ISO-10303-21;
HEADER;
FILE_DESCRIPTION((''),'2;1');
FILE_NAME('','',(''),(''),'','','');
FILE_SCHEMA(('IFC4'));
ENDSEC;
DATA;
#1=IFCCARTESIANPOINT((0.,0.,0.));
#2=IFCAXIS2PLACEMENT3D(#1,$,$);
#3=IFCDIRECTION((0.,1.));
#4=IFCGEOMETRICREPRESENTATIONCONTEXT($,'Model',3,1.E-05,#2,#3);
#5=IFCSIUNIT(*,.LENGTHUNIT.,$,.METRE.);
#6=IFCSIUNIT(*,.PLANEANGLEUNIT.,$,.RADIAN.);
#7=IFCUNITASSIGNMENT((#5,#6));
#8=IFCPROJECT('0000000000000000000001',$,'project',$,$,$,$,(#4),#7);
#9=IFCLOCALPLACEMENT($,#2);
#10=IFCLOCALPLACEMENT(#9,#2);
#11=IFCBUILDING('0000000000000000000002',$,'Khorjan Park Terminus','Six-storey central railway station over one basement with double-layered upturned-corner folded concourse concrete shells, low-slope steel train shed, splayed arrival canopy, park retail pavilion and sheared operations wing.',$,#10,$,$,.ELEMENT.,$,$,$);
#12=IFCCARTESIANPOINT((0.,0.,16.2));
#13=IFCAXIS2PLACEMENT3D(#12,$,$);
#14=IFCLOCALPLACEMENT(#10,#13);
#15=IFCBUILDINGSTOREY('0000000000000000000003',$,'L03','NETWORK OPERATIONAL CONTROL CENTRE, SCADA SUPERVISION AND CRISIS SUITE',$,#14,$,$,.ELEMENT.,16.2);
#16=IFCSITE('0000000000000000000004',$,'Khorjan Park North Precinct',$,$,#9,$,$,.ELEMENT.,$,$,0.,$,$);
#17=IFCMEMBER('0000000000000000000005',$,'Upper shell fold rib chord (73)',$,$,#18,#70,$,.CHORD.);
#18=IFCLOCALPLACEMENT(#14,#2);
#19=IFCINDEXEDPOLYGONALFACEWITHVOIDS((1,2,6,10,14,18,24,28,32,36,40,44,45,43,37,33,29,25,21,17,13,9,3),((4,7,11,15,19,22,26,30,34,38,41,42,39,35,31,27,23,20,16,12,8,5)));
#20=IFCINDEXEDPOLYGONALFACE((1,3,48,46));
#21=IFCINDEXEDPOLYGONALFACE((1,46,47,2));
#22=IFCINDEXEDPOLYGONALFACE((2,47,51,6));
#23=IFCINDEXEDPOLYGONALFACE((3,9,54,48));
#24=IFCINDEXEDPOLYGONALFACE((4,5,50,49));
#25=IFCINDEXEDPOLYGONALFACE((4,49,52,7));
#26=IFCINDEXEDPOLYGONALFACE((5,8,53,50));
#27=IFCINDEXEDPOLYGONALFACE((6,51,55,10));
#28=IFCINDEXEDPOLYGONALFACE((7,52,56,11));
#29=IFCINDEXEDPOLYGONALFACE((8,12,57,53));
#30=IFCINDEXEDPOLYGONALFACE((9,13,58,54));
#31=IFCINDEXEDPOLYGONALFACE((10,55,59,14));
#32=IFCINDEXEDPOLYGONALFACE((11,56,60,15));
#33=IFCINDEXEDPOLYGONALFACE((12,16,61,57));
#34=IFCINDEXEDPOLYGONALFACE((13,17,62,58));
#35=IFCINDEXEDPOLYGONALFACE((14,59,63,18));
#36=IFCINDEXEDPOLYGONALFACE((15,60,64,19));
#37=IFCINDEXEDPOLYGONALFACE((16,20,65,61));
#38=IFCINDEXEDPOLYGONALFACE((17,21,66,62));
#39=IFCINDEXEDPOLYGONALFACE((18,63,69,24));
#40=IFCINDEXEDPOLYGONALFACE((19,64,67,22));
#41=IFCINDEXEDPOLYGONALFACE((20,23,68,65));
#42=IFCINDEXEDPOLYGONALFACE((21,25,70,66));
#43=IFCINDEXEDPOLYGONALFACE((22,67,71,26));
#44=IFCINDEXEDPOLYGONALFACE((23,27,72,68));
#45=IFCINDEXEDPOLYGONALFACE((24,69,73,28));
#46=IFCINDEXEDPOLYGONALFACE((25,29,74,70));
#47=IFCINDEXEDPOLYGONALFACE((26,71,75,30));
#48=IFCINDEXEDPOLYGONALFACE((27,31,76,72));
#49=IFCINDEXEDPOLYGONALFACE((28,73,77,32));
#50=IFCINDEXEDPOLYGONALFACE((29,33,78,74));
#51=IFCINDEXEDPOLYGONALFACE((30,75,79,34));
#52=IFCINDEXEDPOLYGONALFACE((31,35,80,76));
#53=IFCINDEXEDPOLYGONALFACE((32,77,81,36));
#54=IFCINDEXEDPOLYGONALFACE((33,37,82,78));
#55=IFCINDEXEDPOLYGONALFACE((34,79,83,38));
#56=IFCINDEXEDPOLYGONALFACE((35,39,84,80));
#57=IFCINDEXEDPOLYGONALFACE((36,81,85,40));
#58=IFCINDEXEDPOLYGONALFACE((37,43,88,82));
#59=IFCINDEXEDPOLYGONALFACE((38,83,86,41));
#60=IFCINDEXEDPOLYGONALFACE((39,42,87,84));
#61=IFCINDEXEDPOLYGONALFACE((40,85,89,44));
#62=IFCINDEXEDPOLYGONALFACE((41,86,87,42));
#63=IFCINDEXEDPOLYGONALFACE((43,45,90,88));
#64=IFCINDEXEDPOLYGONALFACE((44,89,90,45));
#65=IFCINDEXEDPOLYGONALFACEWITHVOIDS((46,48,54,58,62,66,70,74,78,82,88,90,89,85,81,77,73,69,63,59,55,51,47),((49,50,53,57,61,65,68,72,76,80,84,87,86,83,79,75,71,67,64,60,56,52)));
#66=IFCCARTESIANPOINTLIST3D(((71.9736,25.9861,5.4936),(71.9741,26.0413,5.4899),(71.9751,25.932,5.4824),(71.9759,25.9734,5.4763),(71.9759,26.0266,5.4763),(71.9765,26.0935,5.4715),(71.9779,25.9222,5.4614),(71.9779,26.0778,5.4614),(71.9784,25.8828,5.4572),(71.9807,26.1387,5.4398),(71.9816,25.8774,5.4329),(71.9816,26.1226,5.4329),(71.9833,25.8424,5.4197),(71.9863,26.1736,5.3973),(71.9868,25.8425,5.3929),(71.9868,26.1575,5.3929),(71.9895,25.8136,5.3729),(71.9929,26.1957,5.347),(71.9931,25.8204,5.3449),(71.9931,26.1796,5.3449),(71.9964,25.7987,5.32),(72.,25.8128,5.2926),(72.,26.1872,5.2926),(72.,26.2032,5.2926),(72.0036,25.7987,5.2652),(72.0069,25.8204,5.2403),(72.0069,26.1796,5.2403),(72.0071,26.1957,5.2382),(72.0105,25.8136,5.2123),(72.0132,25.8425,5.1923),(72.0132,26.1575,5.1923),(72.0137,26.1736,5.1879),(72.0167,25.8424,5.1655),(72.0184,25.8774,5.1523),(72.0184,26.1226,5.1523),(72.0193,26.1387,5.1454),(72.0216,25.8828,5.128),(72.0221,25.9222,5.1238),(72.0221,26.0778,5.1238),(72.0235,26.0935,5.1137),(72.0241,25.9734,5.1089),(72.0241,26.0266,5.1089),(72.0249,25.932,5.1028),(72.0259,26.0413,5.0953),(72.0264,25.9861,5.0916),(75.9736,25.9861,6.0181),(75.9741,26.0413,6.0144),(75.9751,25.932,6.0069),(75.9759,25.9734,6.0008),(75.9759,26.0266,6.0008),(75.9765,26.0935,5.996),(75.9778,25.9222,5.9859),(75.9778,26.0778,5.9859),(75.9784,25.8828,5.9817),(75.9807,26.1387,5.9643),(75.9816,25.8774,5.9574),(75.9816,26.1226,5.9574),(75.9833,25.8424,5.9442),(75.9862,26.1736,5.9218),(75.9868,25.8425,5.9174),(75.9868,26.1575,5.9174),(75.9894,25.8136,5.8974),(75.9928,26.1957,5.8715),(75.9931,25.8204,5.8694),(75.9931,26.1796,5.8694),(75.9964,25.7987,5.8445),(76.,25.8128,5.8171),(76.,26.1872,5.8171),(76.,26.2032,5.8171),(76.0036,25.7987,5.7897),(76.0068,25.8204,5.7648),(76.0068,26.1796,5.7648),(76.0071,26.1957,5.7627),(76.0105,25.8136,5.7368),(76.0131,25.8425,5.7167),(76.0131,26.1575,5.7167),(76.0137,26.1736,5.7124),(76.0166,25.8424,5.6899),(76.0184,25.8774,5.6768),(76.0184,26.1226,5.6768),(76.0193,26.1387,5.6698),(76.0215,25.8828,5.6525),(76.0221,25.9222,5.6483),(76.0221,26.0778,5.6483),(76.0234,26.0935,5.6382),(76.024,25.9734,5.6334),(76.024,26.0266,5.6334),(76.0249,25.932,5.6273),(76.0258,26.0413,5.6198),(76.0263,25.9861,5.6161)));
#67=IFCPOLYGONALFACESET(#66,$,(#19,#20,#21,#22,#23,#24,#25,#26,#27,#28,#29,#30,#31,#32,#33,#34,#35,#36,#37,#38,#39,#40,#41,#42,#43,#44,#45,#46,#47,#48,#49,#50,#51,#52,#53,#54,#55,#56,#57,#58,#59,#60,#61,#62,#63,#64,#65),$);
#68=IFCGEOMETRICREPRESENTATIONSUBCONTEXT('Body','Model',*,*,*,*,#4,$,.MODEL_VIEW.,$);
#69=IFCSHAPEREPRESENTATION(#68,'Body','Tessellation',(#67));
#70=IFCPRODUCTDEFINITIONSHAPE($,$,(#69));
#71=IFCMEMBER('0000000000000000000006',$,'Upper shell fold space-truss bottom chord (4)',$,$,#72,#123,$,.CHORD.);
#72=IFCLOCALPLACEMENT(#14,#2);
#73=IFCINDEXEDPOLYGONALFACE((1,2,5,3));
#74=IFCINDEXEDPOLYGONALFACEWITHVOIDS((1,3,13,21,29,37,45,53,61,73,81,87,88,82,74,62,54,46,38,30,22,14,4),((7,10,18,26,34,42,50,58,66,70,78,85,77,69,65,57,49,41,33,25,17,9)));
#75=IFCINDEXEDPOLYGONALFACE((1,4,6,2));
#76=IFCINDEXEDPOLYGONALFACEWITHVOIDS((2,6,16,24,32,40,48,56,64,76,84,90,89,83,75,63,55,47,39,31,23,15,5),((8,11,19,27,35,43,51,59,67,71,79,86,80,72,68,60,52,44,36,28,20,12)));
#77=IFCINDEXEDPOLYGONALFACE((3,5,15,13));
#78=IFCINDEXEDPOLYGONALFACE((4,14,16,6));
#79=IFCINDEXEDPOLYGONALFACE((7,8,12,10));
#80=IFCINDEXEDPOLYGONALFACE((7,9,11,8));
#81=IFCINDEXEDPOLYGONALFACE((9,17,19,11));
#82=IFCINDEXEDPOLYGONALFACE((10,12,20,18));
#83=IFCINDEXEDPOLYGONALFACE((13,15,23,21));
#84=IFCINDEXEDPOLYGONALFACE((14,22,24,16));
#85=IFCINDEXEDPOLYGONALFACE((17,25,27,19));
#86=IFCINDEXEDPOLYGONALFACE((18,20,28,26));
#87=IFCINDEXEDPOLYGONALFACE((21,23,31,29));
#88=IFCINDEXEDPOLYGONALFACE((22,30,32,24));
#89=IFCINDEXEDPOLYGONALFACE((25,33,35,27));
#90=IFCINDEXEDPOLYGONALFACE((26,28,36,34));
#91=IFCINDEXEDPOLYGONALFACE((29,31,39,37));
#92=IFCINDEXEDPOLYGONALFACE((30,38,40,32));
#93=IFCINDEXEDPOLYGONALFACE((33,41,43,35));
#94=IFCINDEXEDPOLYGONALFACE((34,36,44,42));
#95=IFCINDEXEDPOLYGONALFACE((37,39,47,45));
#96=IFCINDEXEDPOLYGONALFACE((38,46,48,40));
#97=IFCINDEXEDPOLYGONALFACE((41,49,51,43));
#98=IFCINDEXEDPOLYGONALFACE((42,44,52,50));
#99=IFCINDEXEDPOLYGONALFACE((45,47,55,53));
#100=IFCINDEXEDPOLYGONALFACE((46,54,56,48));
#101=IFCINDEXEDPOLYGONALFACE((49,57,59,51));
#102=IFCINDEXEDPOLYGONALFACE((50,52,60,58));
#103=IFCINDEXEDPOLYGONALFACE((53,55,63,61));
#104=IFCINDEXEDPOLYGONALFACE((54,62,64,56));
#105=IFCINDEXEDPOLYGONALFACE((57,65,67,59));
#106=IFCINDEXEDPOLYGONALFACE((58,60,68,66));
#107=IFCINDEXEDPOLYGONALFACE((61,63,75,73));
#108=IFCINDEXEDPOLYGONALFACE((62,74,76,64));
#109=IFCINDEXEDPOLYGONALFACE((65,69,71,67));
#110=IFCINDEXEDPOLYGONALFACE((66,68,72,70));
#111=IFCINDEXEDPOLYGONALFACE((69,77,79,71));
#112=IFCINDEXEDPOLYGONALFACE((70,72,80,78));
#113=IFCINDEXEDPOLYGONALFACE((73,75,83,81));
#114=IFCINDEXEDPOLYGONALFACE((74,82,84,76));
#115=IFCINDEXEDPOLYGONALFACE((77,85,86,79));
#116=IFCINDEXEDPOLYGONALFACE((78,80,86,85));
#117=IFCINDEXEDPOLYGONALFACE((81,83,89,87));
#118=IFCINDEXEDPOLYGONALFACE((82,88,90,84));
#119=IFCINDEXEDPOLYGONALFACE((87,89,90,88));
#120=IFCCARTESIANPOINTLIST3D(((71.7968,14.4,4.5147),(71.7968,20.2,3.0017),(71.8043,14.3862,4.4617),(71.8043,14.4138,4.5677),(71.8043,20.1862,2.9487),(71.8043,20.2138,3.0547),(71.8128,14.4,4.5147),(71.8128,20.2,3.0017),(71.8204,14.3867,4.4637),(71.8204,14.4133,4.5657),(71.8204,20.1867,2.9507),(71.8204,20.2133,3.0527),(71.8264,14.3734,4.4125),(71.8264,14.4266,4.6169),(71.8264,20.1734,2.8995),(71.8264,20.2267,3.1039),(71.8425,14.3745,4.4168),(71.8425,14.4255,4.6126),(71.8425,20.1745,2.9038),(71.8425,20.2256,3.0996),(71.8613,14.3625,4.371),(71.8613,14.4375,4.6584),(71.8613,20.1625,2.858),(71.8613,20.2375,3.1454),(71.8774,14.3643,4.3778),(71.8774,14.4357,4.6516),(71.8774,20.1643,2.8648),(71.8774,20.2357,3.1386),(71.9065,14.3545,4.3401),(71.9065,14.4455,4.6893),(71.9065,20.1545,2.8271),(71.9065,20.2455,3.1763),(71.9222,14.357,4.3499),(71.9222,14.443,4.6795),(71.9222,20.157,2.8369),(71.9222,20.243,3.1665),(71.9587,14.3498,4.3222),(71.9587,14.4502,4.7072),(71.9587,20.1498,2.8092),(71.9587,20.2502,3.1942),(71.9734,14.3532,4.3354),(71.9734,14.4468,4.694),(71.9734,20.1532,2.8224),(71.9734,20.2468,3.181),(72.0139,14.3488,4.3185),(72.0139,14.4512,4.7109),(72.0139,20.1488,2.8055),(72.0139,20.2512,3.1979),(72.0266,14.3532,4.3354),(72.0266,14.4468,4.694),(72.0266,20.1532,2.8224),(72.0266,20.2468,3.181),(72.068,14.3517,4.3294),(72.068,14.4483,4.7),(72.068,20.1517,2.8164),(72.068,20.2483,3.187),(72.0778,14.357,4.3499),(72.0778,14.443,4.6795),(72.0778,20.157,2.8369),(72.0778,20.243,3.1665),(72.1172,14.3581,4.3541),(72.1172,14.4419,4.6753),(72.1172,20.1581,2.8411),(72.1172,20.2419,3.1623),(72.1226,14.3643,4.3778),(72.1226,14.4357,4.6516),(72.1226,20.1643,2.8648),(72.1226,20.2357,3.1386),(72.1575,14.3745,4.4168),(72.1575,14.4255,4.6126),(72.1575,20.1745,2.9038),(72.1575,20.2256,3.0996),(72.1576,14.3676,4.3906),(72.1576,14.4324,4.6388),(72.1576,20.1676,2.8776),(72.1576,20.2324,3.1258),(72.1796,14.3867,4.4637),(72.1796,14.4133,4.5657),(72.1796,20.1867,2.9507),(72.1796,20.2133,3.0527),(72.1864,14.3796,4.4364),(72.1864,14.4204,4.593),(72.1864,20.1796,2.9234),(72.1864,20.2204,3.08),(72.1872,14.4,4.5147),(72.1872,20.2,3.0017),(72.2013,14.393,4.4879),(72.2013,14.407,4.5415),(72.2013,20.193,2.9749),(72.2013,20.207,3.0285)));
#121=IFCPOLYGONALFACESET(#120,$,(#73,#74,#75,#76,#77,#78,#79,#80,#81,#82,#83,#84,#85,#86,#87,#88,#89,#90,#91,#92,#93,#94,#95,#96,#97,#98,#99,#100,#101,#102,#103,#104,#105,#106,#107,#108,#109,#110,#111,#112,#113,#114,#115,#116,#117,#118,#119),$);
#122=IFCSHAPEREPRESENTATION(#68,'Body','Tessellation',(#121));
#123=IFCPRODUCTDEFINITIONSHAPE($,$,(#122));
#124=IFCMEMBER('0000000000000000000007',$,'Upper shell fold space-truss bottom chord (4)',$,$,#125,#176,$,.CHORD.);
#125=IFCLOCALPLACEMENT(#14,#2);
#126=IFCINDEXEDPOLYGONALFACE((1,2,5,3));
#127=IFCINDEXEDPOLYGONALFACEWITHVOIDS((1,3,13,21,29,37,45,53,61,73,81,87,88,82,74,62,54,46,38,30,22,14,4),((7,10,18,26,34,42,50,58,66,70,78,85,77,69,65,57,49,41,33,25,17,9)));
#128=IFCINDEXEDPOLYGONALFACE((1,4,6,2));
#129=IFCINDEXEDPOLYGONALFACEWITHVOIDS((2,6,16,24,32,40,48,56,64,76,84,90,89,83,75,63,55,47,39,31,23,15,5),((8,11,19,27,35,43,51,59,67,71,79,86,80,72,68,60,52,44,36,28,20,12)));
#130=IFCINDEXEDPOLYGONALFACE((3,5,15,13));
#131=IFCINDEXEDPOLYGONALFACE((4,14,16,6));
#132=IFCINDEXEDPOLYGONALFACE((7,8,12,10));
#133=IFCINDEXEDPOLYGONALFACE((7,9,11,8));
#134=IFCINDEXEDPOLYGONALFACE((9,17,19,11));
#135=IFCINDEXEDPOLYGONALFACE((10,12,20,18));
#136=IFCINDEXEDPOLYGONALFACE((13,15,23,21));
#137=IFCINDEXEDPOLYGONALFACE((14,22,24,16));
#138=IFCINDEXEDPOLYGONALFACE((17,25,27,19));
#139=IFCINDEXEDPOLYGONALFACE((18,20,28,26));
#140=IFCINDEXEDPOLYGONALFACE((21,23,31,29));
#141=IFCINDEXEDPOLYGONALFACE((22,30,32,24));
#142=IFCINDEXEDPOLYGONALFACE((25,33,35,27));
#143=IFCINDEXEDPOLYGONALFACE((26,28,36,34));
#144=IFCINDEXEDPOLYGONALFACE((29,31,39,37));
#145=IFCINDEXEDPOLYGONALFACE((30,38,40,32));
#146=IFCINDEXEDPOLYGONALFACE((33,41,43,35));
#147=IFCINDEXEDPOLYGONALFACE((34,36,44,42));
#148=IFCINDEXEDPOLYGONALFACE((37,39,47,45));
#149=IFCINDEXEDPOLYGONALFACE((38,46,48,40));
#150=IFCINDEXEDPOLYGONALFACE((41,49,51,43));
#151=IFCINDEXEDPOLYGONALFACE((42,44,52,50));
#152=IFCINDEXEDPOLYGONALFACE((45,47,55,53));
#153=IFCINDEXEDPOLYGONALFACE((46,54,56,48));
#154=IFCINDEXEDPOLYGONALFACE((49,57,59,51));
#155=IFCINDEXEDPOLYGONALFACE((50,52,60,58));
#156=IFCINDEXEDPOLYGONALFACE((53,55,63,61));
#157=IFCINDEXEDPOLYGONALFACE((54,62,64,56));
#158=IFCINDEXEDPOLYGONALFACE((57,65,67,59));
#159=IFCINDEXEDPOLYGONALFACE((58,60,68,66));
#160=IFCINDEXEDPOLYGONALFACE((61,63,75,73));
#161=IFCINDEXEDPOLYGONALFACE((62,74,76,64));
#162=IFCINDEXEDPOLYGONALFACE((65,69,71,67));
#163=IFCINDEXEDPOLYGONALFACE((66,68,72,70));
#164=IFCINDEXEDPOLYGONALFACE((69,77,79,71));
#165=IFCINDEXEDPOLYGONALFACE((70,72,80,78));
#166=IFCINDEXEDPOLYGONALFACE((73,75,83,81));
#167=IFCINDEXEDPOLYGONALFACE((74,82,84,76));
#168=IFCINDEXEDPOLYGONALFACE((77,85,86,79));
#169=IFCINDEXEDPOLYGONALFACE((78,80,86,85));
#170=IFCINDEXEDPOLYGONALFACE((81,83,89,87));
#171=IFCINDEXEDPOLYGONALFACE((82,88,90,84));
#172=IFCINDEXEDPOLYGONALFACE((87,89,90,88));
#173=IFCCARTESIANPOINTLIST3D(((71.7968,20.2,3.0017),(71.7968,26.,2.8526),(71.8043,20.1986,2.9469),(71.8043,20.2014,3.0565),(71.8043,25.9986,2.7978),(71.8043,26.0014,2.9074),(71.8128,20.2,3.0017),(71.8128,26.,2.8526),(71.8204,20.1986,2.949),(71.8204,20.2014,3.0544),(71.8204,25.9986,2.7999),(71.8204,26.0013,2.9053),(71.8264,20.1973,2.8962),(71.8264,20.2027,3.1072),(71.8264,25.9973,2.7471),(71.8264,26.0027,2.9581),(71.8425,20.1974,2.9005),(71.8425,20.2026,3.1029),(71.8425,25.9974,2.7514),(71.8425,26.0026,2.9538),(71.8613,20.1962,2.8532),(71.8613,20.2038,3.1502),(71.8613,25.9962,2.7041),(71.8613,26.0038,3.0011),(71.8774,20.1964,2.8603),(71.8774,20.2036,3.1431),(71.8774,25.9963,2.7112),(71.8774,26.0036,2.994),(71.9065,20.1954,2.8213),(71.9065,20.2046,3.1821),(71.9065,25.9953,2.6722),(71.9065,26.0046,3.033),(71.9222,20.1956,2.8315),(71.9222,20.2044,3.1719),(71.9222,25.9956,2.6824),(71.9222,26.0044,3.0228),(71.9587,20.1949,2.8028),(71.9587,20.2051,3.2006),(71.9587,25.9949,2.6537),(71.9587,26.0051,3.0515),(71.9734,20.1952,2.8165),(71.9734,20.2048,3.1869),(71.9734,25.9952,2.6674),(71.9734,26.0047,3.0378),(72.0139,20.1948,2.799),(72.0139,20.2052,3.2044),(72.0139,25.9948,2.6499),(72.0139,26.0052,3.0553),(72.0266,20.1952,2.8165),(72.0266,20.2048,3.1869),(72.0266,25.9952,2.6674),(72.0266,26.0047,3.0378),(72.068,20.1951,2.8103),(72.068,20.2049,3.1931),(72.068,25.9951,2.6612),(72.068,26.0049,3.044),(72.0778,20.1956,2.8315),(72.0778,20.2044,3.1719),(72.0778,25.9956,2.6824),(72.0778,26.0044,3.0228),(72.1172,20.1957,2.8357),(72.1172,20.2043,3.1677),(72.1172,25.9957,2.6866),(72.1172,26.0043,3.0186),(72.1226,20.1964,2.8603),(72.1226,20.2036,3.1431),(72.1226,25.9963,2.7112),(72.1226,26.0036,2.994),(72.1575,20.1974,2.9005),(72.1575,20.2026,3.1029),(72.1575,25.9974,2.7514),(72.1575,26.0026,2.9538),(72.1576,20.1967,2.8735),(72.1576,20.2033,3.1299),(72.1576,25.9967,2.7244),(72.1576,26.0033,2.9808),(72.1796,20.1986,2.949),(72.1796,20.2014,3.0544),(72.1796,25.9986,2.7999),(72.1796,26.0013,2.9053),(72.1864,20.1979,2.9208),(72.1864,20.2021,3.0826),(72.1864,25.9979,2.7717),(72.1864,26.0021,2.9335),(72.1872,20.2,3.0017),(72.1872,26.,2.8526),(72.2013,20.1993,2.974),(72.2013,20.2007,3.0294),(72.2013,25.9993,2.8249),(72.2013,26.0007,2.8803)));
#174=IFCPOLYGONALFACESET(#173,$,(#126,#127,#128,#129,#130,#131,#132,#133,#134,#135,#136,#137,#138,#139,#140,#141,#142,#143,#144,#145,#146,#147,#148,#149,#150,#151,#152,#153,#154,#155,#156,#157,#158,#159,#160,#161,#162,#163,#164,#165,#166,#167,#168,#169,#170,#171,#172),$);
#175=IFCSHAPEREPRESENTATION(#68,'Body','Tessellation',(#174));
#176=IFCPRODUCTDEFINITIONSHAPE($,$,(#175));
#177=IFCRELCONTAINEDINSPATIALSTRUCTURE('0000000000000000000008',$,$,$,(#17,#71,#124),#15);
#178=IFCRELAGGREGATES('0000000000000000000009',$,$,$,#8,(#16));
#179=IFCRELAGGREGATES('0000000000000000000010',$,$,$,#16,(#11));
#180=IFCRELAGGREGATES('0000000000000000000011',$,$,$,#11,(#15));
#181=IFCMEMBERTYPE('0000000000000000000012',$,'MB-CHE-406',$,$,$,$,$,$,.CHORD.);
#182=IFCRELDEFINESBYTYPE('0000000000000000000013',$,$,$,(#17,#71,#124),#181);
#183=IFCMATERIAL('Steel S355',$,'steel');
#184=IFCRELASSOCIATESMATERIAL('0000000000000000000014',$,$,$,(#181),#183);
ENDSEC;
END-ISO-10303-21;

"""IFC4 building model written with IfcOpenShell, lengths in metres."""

from ifc_helpers import new_model, si_unit, direction, frame, origin, origin_2d, place, context, subcontext, project, spatial, hollow_circle, extrude, material, material_profile, profile_set, type_object, element, save


model = new_model("IFC4")

# Units and contexts
model_context = context("Model", 3, precision=1e-05, world=origin(), true_north=direction((0.0, 1.0)))
body_context = subcontext(model_context, "Body", "Model", "MODEL_VIEW")
ifc_project = project(units=[si_unit("LENGTHUNIT", "METRE"), si_unit("PLANEANGLEUNIT", "RADIAN")], contexts=[model_context])

# Site, building, storey
site_placement = place(None, origin())
site = spatial("IfcSite", under=ifc_project, at=site_placement, Name="Khorjan Park North Precinct", CompositionType="ELEMENT", RefElevation=0.0)
building_placement = place(site_placement, origin())
building = spatial("IfcBuilding", under=site, at=building_placement, Name="Khorjan Park Terminus", Description="Six-storey central railway station over one basement with double-layered upturned-corner folded concourse concrete shells, low-slope steel train shed, splayed arrival canopy, park retail pavilion and sheared operations wing.", CompositionType="ELEMENT")
storey_placement = place(building_placement, frame((0.0, 0.0, 16.2)))
storey = spatial("IfcBuildingStorey", under=building, at=storey_placement, Name="L03", Description="NETWORK OPERATIONAL CONTROL CENTRE, SCADA SUPERVISION AND CRISIS SUITE", CompositionType="ELEMENT", Elevation=16.2)

# Members
ifc_material_1 = material(Name="Steel S355", Category="steel")
ifc_material_profile_1 = material_profile(ifc_material_1, hollow_circle(Radius=0.2032, WallThickness=0.016, at=origin_2d()), Name="CHS 406.4x16")
ifc_profile_set_1 = profile_set([ifc_material_profile_1], Name="Steel S355")
member_type_1 = type_object("IfcMemberType", Name="MB-CHE-406", PredefinedType="CHORD", material=ifc_profile_set_1)
member_1_placement = place(storey_placement, frame((72.0, 26.0, 5.2926), z_axis=(0.991512, 0.0, 0.130012), x_axis=(0.0, 1.0, 0.0)))
element("IfcMember", 1, at=member_1_placement, inside=storey, type_object=member_type_1, Name="Upper shell fold rib chord (73)", PredefinedType="CHORD", context=body_context, shape_type="SweptSolid", body=[
    extrude(hollow_circle(Radius=0.2032, WallThickness=0.016, at=origin_2d()), origin(), (0.0, 0.0, 1.0), 4.0342),
])
member_2_placement = place(storey_placement, frame((72.0, 14.4, 4.5147), z_axis=(0.0, 0.967619, -0.252415), x_axis=(-1.0, 0.0, 0.0)))
element("IfcMember", 2, at=member_2_placement, inside=storey, type_object=member_type_1, Name="Upper shell fold space-truss bottom chord (4)", PredefinedType="CHORD", context=body_context, shape_type="SweptSolid", body=[
    extrude(hollow_circle(Radius=0.2032, WallThickness=0.016, at=origin_2d()), origin(), (0.0, 0.0, 1.0), 5.9941),
])
member_3_placement = place(storey_placement, frame((72.0, 20.2, 3.0017), z_axis=(0.0, 0.99967, -0.025698), x_axis=(-1.0, 0.0, 0.0)))
element("IfcMember", 3, at=member_3_placement, inside=storey, type_object=member_type_1, Name="Upper shell fold space-truss bottom chord (4)", PredefinedType="CHORD", context=body_context, shape_type="SweptSolid", body=[
    extrude(hollow_circle(Radius=0.2032, WallThickness=0.016, at=origin_2d()), origin(), (0.0, 0.0, 1.0), 5.8019),
])

save(model, "model.ifc")
